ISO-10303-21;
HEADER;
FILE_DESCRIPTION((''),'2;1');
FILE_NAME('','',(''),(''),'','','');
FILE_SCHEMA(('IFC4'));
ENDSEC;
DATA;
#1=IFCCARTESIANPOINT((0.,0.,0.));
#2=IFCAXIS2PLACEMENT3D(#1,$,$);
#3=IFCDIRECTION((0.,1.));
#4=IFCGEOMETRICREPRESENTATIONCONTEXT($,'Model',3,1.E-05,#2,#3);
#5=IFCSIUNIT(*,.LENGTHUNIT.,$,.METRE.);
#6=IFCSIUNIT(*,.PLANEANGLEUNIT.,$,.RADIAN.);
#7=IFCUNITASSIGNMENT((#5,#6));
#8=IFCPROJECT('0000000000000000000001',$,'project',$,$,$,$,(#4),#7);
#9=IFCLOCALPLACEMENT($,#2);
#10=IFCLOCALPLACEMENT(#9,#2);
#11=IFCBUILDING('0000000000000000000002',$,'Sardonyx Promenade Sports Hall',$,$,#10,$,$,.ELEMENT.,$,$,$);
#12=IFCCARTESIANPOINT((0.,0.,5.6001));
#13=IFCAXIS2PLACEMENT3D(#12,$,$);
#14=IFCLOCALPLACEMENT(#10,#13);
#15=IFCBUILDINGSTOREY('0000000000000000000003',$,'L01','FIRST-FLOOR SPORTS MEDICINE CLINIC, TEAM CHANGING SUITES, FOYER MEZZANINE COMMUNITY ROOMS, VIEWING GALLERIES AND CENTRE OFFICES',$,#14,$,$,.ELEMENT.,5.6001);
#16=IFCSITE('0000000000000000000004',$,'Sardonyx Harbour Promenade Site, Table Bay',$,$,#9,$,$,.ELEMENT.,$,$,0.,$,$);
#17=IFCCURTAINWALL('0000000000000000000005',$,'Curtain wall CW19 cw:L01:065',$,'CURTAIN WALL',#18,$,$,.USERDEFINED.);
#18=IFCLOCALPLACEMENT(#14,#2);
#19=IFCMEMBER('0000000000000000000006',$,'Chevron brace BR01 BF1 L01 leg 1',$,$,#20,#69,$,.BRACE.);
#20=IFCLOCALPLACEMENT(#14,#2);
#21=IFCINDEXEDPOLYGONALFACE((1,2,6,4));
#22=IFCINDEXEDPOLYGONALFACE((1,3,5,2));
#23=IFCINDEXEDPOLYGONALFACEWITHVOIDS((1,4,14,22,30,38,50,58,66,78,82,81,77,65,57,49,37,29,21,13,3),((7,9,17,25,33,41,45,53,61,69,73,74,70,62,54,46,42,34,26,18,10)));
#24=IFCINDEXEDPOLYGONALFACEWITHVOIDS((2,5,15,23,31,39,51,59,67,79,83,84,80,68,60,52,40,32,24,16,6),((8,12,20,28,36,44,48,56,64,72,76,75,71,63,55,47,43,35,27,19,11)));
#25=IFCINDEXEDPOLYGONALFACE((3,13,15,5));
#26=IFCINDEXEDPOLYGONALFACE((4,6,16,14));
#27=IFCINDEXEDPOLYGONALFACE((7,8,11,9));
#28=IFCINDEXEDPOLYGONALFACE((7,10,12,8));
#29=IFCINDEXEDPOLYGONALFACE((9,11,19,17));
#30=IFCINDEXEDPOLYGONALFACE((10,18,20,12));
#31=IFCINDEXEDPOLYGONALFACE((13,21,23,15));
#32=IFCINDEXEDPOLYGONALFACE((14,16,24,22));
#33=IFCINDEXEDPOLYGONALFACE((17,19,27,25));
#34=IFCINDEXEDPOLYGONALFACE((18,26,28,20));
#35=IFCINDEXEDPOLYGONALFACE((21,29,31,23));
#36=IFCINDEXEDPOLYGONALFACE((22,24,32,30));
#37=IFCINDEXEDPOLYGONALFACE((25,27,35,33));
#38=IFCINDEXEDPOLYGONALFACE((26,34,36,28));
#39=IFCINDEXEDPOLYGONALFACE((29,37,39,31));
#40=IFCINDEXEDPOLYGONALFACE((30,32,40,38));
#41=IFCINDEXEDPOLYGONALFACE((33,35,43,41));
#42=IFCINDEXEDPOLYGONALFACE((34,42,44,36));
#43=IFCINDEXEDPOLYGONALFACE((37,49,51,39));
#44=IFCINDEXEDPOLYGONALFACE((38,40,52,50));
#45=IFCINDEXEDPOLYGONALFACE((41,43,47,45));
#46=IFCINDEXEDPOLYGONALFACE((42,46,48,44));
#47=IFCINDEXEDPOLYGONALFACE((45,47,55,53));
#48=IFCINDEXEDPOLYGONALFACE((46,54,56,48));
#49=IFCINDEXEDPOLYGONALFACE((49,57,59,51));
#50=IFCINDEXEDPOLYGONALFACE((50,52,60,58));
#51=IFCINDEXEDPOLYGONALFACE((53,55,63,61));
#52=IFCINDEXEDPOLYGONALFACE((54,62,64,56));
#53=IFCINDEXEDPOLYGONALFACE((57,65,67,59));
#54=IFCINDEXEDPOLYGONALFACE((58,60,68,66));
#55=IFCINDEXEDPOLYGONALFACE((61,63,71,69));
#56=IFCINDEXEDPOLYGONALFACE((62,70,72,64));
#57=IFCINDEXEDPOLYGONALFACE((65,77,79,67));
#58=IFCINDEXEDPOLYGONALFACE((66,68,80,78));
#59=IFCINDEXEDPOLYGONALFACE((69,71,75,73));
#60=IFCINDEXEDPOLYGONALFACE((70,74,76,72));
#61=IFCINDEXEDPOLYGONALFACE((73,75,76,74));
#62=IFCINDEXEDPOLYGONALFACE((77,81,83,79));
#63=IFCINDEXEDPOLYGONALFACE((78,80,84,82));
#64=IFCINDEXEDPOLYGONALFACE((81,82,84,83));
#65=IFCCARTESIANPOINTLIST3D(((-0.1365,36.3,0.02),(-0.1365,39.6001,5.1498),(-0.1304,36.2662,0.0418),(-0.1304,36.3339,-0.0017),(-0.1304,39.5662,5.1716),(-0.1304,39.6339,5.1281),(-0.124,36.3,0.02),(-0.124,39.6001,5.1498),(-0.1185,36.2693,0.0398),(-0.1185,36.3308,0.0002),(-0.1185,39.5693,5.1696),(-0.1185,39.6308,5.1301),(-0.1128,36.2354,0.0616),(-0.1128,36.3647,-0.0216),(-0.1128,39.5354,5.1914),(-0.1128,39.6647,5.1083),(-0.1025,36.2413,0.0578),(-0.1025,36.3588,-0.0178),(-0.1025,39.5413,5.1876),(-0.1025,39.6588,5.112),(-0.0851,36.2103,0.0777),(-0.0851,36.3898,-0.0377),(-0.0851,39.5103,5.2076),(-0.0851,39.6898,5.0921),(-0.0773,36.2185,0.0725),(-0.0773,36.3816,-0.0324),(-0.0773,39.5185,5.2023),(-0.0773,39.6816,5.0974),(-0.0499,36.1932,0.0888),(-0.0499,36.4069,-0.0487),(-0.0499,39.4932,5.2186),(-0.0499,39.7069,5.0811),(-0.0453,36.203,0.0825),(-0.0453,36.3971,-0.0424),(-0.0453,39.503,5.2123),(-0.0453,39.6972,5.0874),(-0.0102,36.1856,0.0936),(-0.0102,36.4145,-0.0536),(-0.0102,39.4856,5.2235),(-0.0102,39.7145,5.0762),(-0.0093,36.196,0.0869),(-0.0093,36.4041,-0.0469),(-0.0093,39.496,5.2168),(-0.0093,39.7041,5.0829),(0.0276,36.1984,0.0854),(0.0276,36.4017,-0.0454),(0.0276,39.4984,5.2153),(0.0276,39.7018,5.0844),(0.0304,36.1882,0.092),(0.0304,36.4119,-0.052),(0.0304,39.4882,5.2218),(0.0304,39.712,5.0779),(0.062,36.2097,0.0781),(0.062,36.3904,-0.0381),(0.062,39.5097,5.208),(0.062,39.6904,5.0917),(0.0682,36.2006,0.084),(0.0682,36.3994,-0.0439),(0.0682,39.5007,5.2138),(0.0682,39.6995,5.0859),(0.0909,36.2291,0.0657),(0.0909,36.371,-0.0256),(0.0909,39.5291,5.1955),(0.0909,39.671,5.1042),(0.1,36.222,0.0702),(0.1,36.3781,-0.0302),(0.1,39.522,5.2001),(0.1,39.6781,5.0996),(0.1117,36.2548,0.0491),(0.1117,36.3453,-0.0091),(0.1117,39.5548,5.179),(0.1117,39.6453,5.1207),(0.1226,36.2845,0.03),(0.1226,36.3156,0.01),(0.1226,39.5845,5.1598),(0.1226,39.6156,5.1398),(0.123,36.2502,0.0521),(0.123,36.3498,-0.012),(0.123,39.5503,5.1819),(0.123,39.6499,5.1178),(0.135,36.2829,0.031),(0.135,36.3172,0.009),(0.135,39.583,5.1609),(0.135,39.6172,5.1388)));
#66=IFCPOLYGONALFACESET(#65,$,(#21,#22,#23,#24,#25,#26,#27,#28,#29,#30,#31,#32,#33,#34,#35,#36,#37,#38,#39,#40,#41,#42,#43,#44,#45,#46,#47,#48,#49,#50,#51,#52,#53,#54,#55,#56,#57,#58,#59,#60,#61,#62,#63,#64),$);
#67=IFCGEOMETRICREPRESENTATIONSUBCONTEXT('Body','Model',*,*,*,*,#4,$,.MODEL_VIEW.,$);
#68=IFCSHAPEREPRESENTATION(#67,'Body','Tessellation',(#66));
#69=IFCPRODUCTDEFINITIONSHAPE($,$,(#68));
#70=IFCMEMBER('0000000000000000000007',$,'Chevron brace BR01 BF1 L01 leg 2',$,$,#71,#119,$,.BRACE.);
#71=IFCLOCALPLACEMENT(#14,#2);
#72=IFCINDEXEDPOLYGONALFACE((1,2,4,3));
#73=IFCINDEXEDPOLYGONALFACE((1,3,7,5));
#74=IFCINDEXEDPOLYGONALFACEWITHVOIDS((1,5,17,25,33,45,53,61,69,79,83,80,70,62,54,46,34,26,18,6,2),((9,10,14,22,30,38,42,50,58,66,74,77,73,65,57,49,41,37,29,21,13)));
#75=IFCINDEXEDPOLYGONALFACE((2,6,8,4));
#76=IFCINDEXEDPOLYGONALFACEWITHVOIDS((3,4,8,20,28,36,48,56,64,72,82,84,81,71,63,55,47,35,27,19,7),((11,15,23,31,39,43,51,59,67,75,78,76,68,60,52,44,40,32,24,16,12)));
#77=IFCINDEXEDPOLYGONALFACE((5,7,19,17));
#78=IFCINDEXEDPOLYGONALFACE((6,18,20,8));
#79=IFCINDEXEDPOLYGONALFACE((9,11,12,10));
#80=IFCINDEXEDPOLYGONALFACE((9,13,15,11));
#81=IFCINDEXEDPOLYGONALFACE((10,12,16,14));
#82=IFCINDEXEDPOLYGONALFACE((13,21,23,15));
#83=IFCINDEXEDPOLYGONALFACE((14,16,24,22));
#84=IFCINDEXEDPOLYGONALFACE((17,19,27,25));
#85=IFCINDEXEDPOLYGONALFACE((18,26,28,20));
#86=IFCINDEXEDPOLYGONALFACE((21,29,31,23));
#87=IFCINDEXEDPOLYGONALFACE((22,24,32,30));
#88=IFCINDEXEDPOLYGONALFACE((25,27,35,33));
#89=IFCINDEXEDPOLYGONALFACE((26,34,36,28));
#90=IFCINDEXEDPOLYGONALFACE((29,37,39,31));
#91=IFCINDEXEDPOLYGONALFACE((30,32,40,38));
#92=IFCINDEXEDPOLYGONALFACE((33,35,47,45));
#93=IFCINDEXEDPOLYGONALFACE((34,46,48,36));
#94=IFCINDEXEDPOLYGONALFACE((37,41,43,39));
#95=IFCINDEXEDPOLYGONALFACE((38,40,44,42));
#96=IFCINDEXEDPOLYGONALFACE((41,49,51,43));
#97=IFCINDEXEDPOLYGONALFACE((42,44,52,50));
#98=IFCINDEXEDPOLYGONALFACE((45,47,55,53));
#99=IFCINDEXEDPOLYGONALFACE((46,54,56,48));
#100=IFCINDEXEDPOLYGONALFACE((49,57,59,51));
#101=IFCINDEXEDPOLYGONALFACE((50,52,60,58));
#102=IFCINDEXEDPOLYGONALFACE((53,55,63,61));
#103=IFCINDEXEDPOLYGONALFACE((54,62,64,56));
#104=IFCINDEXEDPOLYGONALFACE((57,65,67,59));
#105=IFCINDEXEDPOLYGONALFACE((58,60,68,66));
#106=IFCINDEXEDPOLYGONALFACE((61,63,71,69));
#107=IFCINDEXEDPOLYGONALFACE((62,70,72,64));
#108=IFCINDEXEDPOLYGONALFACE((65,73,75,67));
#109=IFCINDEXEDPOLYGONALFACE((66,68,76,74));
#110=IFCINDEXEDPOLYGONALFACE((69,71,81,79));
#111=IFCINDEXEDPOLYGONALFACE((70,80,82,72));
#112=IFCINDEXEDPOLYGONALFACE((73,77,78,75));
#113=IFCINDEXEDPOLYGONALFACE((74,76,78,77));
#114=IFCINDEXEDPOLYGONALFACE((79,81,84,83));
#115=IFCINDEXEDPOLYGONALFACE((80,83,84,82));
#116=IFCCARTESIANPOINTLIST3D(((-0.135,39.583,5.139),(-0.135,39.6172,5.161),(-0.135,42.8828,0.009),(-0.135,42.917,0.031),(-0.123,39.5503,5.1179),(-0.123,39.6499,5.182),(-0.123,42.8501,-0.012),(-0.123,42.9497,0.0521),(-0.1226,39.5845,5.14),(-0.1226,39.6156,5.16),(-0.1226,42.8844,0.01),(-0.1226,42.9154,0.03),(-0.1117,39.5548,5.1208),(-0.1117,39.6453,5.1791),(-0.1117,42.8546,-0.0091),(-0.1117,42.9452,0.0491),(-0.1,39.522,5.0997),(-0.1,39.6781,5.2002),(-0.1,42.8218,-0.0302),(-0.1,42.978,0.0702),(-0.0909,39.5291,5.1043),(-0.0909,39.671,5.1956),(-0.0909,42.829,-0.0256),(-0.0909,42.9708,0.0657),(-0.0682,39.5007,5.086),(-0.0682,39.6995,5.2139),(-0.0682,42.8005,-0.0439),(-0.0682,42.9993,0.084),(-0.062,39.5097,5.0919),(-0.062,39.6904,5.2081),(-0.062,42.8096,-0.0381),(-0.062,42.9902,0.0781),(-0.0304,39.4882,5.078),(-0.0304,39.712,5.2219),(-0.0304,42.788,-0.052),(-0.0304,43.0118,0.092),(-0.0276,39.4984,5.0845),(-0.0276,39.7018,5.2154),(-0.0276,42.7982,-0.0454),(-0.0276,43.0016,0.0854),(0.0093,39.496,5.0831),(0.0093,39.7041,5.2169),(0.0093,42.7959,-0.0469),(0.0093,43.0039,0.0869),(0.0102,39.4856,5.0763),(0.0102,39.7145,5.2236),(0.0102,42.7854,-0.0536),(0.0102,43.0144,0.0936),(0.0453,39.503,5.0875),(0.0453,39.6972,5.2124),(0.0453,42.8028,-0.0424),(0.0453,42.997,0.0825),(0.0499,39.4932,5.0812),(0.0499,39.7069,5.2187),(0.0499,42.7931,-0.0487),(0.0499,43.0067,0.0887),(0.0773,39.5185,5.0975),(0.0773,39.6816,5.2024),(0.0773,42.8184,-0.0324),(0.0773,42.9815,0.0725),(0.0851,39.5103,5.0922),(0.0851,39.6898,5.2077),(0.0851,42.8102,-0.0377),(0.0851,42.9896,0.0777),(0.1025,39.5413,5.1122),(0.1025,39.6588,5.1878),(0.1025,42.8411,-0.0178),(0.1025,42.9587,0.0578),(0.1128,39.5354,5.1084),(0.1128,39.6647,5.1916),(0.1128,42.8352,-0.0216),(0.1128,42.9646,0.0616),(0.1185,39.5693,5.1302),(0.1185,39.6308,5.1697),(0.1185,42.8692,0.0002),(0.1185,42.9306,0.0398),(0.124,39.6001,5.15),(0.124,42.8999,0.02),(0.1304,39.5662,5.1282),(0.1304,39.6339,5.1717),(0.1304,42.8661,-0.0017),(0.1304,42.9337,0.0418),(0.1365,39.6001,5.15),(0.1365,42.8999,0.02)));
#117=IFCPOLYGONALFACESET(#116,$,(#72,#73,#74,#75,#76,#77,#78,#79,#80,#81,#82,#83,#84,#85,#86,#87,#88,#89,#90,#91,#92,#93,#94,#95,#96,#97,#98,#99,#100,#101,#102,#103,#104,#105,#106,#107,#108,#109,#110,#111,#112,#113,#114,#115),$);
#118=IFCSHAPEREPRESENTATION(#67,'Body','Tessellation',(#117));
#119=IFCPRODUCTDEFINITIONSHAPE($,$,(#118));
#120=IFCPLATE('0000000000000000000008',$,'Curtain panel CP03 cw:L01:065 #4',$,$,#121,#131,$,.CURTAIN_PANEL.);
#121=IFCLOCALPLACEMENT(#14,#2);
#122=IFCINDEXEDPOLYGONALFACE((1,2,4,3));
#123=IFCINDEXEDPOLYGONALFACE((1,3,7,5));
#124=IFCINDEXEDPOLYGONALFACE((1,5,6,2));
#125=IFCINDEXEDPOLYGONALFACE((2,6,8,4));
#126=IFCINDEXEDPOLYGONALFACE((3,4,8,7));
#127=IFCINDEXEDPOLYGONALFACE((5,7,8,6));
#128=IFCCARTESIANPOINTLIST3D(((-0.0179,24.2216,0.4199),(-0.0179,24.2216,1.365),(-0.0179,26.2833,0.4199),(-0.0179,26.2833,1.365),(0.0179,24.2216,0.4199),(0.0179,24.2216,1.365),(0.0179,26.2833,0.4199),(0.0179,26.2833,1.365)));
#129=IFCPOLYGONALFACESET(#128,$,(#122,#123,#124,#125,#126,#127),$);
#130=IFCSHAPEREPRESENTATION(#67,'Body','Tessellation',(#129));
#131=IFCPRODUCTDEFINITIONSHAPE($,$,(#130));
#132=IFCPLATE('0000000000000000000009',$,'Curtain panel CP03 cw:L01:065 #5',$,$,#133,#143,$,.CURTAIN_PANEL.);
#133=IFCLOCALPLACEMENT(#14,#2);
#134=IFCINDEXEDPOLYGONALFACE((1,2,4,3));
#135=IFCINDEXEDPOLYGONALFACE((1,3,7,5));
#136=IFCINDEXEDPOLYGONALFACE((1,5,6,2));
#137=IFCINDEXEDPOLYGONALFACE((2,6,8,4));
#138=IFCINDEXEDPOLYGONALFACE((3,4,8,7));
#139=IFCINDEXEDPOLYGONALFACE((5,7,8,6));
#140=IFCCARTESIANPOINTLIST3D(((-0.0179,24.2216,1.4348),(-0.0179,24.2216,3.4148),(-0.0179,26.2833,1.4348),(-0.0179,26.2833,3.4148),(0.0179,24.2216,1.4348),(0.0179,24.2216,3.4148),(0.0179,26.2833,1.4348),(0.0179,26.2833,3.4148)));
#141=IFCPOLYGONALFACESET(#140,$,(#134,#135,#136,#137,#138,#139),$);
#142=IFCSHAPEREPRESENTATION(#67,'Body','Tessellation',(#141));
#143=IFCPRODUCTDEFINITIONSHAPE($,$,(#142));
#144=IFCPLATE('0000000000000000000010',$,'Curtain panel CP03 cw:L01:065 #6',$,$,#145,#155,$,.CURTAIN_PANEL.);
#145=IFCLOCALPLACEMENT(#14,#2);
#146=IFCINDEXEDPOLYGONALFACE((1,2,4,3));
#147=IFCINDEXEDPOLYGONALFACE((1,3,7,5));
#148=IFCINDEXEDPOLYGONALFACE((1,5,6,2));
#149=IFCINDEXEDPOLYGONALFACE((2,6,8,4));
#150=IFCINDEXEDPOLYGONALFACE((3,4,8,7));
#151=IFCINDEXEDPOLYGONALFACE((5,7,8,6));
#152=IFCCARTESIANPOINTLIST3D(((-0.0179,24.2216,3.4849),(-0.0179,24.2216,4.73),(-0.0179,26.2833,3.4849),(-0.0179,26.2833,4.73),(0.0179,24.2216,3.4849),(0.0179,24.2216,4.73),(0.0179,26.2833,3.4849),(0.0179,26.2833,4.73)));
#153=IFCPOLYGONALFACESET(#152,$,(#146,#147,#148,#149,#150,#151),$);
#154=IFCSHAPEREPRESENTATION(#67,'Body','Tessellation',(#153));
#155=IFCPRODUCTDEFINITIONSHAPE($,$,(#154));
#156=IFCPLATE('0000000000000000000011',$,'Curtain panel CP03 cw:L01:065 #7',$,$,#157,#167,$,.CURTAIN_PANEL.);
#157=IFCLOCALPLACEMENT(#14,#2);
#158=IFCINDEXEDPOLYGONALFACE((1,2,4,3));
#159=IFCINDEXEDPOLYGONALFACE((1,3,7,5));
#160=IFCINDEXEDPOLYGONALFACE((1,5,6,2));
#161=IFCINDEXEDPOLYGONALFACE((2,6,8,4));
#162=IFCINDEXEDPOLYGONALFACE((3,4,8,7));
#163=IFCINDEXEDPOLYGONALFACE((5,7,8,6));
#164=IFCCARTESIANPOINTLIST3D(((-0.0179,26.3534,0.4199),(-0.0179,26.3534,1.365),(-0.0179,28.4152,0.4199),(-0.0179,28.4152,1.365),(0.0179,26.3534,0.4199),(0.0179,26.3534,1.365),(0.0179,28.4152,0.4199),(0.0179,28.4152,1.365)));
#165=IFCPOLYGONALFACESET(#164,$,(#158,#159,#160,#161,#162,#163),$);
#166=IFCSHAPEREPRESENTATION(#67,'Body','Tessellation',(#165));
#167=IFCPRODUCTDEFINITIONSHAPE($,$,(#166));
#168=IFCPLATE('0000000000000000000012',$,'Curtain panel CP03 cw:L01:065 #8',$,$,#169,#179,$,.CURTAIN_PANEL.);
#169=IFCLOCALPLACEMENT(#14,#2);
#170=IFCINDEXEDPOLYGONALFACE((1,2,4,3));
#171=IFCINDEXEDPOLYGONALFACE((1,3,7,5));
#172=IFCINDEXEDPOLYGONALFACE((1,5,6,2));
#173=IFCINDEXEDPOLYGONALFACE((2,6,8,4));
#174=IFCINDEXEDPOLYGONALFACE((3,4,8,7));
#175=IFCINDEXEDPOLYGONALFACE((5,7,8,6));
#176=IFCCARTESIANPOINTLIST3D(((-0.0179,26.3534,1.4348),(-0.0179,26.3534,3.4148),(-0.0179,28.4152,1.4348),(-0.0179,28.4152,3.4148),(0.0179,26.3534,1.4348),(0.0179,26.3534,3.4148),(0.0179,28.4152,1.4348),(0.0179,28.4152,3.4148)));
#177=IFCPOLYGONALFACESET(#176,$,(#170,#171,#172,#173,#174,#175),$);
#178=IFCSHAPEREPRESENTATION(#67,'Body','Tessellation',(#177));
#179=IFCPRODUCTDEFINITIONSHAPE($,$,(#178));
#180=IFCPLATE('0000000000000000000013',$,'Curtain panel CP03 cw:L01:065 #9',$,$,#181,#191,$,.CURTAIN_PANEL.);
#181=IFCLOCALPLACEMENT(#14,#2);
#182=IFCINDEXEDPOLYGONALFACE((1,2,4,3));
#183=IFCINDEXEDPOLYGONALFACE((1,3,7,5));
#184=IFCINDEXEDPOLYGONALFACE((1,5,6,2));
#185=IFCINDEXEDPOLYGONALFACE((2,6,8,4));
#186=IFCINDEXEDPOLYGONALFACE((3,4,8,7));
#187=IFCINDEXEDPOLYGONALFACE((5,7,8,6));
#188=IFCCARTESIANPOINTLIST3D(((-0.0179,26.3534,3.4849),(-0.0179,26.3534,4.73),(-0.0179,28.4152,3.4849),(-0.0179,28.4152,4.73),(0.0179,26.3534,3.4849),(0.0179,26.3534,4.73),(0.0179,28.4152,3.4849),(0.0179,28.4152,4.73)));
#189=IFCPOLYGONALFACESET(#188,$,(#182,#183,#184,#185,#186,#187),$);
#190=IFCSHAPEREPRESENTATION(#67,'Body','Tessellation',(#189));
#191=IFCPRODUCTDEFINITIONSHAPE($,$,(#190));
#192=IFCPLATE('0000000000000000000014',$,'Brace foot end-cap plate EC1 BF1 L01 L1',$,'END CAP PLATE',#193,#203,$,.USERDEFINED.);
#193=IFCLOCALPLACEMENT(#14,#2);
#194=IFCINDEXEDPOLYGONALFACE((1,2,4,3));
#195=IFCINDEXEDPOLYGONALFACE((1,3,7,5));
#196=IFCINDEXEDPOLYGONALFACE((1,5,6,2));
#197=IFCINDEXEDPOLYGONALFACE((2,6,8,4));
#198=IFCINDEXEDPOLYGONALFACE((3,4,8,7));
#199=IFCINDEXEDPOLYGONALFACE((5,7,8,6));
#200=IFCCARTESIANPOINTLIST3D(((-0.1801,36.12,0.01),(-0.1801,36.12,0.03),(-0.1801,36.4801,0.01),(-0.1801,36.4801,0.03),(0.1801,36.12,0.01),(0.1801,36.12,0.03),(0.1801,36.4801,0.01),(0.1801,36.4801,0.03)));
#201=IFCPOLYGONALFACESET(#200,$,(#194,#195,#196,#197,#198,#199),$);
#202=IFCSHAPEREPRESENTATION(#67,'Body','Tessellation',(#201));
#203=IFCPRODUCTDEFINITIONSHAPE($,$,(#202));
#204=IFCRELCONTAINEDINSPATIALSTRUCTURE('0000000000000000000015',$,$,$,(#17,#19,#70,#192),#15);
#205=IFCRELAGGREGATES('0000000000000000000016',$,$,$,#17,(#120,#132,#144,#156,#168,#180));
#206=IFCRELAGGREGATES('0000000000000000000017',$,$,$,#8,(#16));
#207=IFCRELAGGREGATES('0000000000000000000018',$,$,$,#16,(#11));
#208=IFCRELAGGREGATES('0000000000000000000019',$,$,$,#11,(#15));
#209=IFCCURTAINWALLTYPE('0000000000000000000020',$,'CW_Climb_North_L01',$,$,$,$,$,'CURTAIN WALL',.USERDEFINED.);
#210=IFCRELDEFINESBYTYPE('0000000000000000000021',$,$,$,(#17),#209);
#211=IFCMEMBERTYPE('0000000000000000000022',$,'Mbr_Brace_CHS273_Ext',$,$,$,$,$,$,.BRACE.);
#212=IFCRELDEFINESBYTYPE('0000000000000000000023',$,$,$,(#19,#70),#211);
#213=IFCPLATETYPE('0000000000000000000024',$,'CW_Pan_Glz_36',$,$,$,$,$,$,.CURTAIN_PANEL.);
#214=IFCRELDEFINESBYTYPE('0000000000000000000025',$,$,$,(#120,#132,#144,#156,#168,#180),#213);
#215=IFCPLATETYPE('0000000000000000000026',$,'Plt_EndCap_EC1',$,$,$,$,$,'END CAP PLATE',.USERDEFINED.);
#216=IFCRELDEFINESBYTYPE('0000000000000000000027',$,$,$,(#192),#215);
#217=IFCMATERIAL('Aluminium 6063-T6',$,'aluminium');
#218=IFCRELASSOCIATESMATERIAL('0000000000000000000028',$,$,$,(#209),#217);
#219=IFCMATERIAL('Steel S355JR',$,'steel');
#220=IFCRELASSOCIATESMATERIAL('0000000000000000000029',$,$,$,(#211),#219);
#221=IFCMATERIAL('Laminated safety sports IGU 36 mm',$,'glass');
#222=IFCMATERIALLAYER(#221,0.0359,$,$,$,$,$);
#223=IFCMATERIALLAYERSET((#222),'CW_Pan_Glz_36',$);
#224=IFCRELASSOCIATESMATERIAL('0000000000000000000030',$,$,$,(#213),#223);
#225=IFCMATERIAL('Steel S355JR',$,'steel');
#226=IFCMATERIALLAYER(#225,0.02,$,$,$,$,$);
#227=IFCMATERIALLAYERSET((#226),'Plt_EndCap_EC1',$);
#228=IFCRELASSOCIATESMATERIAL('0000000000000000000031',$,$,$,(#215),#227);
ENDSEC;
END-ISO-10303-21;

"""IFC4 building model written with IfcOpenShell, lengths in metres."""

from ifc_helpers import new_model, si_unit, direction, frame, origin, origin_2d, place, context, subcontext, project, spatial, rectangle, hollow_circle, extrude, material, layer, layer_set, material_profile, profile_set, type_object, element, aggregate, save


model = new_model("IFC4")

# Units and contexts
model_context = context("Model", 3, precision=1e-05, world=origin(), true_north=direction((0.0, 1.0)))
body_context = subcontext(model_context, "Body", "Model", "MODEL_VIEW")
ifc_project = project(units=[si_unit("LENGTHUNIT", "METRE"), si_unit("PLANEANGLEUNIT", "RADIAN")], contexts=[model_context])

# Site, building, storey
site_placement = place(None, origin())
site = spatial("IfcSite", under=ifc_project, at=site_placement, Name="Sardonyx Harbour Promenade Site, Table Bay", CompositionType="ELEMENT", RefElevation=0.0)
building_placement = place(site_placement, origin())
building = spatial("IfcBuilding", under=site, at=building_placement, Name="Sardonyx Promenade Sports Hall", CompositionType="ELEMENT")
storey_placement = place(building_placement, frame((0.0, 0.0, 5.6001)))
storey = spatial("IfcBuildingStorey", under=building, at=storey_placement, Name="L01", Description="FIRST-FLOOR SPORTS MEDICINE CLINIC, TEAM CHANGING SUITES, FOYER MEZZANINE COMMUNITY ROOMS, VIEWING GALLERIES AND CENTRE OFFICES", CompositionType="ELEMENT", Elevation=5.6001)

# Curtain wall
ifc_material_1 = material(Name="Aluminium 6063-T6", Category="aluminium")
curtain_wall_type = type_object("IfcCurtainWallType", Name="CW_Climb_North_L01", ElementType="CURTAIN WALL", PredefinedType="USERDEFINED", material=ifc_material_1)
curtain_wall_placement = place(storey_placement, origin())
curtain_wall = element("IfcCurtainWall", 1, at=curtain_wall_placement, inside=storey, type_object=curtain_wall_type, Name="Curtain wall CW19 cw:L01:065", ObjectType="CURTAIN WALL", PredefinedType="USERDEFINED")

# Members
ifc_material_2 = material(Name="Steel S355JR", Category="steel")
ifc_material_profile_1 = material_profile(ifc_material_2, hollow_circle(Radius=0.1365, WallThickness=0.0125, at=origin_2d()))
ifc_profile_set_1 = profile_set([ifc_material_profile_1], Name="Steel S355JR")
member_type_1 = type_object("IfcMemberType", Name="Mbr_Brace_CHS273_Ext", PredefinedType="BRACE", material=ifc_profile_set_1)
for number, where, z_axis, x_axis, name in (
    (2, (0.0, 36.3, 0.02), (0.0, 0.541021, 0.841009), (-1.0, 0.0, 0.0), "Chevron brace BR01 BF1 L01 leg 1"),
    (3, (0.0, 42.8999, 0.02), (0.0, -0.540992, 0.841028), (1.0, 0.0, 0.0), "Chevron brace BR01 BF1 L01 leg 2"),
):
    element("IfcMember", number, at=place(storey_placement, frame(where, z_axis=z_axis, x_axis=x_axis)), inside=storey, type_object=member_type_1, Name=name, PredefinedType="BRACE", context=body_context, shape_type="SweptSolid", body=[
        extrude(hollow_circle(Radius=0.1365, WallThickness=0.0125, at=origin_2d()), origin(), (0.0, 0.0, 1.0), 6.0996),
    ])

# Plates
ifc_material_3 = material(Name="Laminated safety sports IGU 36 mm", Category="glass")
ifc_layer_1 = layer(ifc_material_3, 0.0359)
ifc_layer_set_1 = layer_set([ifc_layer_1], Name="CW_Pan_Glz_36")
plate_type_1 = type_object("IfcPlateType", Name="CW_Pan_Glz_36", PredefinedType="CURTAIN_PANEL", material=ifc_layer_set_1)
plate_1_placement = place(storey_placement, frame((0.0, 25.2524, 0.4199), z_axis=(0.0, 0.0, 1.0), x_axis=(0.0, 1.0, 0.0)))
plate_1 = element("IfcPlate", 4, at=plate_1_placement, type_object=plate_type_1, Name="Curtain panel CP03 cw:L01:065 #4", PredefinedType="CURTAIN_PANEL", context=body_context, shape_type="SweptSolid", body=[
    extrude(rectangle(XDim=2.0618, YDim=0.0359, at=origin_2d()), origin(), (0.0, 0.0, 1.0), 0.9451),
])
plate_2_placement = place(storey_placement, frame((0.0, 25.2524, 1.4348), z_axis=(0.0, 0.0, 1.0), x_axis=(0.0, 1.0, 0.0)))
plate_2 = element("IfcPlate", 5, at=plate_2_placement, type_object=plate_type_1, Name="Curtain panel CP03 cw:L01:065 #5", PredefinedType="CURTAIN_PANEL", context=body_context, shape_type="SweptSolid", body=[
    extrude(rectangle(XDim=2.0618, YDim=0.0359, at=origin_2d()), origin(), (0.0, 0.0, 1.0), 1.98),
])
plate_3_placement = place(storey_placement, frame((0.0, 25.2524, 3.4849), z_axis=(0.0, 0.0, 1.0), x_axis=(0.0, 1.0, 0.0)))
plate_3 = element("IfcPlate", 6, at=plate_3_placement, type_object=plate_type_1, Name="Curtain panel CP03 cw:L01:065 #6", PredefinedType="CURTAIN_PANEL", context=body_context, shape_type="SweptSolid", body=[
    extrude(rectangle(XDim=2.0618, YDim=0.0359, at=origin_2d()), origin(), (0.0, 0.0, 1.0), 1.2451),
])
plate_4_placement = place(storey_placement, frame((0.0, 27.3843, 0.4199), z_axis=(0.0, 0.0, 1.0), x_axis=(0.0, 1.0, 0.0)))
plate_4 = element("IfcPlate", 7, at=plate_4_placement, type_object=plate_type_1, Name="Curtain panel CP03 cw:L01:065 #7", PredefinedType="CURTAIN_PANEL", context=body_context, shape_type="SweptSolid", body=[
    extrude(rectangle(XDim=2.0618, YDim=0.0359, at=origin_2d()), origin(), (0.0, 0.0, 1.0), 0.9451),
])
plate_5_placement = place(storey_placement, frame((0.0, 27.3843, 1.4348), z_axis=(0.0, 0.0, 1.0), x_axis=(0.0, 1.0, 0.0)))
plate_5 = element("IfcPlate", 8, at=plate_5_placement, type_object=plate_type_1, Name="Curtain panel CP03 cw:L01:065 #8", PredefinedType="CURTAIN_PANEL", context=body_context, shape_type="SweptSolid", body=[
    extrude(rectangle(XDim=2.0618, YDim=0.0359, at=origin_2d()), origin(), (0.0, 0.0, 1.0), 1.98),
])
plate_6_placement = place(storey_placement, frame((0.0, 27.3843, 3.4849), z_axis=(0.0, 0.0, 1.0), x_axis=(0.0, 1.0, 0.0)))
plate_6 = element("IfcPlate", 9, at=plate_6_placement, type_object=plate_type_1, Name="Curtain panel CP03 cw:L01:065 #9", PredefinedType="CURTAIN_PANEL", context=body_context, shape_type="SweptSolid", body=[
    extrude(rectangle(XDim=2.0618, YDim=0.0359, at=origin_2d()), origin(), (0.0, 0.0, 1.0), 1.2451),
])
aggregate(curtain_wall, [plate_1, plate_2, plate_3, plate_4, plate_5, plate_6])

# Plate
ifc_material_4 = material(Name="Steel S355JR", Category="steel")
ifc_layer_2 = layer(ifc_material_4, 0.02)
ifc_layer_set_2 = layer_set([ifc_layer_2], Name="Plt_EndCap_EC1")
plate_type_2 = type_object("IfcPlateType", Name="Plt_EndCap_EC1", ElementType="END CAP PLATE", PredefinedType="USERDEFINED", material=ifc_layer_set_2)
for number, where, z_axis, x_axis, name in (
    (10, (0.0, 36.3, 0.01), (0.0, 0.0, 1.0), (1.0, 0.0, 0.0), "Brace foot end-cap plate EC1 BF1 L01 L1"),
):
    element("IfcPlate", number, at=place(storey_placement, frame(where, z_axis=z_axis, x_axis=x_axis)), inside=storey, type_object=plate_type_2, Name=name, ObjectType="END CAP PLATE", PredefinedType="USERDEFINED", context=body_context, shape_type="SweptSolid", body=[
        extrude(rectangle(XDim=0.3601, YDim=0.3601, at=origin_2d()), origin(), (0.0, 0.0, 1.0), 0.02),
    ])

save(model, "model.ifc")
